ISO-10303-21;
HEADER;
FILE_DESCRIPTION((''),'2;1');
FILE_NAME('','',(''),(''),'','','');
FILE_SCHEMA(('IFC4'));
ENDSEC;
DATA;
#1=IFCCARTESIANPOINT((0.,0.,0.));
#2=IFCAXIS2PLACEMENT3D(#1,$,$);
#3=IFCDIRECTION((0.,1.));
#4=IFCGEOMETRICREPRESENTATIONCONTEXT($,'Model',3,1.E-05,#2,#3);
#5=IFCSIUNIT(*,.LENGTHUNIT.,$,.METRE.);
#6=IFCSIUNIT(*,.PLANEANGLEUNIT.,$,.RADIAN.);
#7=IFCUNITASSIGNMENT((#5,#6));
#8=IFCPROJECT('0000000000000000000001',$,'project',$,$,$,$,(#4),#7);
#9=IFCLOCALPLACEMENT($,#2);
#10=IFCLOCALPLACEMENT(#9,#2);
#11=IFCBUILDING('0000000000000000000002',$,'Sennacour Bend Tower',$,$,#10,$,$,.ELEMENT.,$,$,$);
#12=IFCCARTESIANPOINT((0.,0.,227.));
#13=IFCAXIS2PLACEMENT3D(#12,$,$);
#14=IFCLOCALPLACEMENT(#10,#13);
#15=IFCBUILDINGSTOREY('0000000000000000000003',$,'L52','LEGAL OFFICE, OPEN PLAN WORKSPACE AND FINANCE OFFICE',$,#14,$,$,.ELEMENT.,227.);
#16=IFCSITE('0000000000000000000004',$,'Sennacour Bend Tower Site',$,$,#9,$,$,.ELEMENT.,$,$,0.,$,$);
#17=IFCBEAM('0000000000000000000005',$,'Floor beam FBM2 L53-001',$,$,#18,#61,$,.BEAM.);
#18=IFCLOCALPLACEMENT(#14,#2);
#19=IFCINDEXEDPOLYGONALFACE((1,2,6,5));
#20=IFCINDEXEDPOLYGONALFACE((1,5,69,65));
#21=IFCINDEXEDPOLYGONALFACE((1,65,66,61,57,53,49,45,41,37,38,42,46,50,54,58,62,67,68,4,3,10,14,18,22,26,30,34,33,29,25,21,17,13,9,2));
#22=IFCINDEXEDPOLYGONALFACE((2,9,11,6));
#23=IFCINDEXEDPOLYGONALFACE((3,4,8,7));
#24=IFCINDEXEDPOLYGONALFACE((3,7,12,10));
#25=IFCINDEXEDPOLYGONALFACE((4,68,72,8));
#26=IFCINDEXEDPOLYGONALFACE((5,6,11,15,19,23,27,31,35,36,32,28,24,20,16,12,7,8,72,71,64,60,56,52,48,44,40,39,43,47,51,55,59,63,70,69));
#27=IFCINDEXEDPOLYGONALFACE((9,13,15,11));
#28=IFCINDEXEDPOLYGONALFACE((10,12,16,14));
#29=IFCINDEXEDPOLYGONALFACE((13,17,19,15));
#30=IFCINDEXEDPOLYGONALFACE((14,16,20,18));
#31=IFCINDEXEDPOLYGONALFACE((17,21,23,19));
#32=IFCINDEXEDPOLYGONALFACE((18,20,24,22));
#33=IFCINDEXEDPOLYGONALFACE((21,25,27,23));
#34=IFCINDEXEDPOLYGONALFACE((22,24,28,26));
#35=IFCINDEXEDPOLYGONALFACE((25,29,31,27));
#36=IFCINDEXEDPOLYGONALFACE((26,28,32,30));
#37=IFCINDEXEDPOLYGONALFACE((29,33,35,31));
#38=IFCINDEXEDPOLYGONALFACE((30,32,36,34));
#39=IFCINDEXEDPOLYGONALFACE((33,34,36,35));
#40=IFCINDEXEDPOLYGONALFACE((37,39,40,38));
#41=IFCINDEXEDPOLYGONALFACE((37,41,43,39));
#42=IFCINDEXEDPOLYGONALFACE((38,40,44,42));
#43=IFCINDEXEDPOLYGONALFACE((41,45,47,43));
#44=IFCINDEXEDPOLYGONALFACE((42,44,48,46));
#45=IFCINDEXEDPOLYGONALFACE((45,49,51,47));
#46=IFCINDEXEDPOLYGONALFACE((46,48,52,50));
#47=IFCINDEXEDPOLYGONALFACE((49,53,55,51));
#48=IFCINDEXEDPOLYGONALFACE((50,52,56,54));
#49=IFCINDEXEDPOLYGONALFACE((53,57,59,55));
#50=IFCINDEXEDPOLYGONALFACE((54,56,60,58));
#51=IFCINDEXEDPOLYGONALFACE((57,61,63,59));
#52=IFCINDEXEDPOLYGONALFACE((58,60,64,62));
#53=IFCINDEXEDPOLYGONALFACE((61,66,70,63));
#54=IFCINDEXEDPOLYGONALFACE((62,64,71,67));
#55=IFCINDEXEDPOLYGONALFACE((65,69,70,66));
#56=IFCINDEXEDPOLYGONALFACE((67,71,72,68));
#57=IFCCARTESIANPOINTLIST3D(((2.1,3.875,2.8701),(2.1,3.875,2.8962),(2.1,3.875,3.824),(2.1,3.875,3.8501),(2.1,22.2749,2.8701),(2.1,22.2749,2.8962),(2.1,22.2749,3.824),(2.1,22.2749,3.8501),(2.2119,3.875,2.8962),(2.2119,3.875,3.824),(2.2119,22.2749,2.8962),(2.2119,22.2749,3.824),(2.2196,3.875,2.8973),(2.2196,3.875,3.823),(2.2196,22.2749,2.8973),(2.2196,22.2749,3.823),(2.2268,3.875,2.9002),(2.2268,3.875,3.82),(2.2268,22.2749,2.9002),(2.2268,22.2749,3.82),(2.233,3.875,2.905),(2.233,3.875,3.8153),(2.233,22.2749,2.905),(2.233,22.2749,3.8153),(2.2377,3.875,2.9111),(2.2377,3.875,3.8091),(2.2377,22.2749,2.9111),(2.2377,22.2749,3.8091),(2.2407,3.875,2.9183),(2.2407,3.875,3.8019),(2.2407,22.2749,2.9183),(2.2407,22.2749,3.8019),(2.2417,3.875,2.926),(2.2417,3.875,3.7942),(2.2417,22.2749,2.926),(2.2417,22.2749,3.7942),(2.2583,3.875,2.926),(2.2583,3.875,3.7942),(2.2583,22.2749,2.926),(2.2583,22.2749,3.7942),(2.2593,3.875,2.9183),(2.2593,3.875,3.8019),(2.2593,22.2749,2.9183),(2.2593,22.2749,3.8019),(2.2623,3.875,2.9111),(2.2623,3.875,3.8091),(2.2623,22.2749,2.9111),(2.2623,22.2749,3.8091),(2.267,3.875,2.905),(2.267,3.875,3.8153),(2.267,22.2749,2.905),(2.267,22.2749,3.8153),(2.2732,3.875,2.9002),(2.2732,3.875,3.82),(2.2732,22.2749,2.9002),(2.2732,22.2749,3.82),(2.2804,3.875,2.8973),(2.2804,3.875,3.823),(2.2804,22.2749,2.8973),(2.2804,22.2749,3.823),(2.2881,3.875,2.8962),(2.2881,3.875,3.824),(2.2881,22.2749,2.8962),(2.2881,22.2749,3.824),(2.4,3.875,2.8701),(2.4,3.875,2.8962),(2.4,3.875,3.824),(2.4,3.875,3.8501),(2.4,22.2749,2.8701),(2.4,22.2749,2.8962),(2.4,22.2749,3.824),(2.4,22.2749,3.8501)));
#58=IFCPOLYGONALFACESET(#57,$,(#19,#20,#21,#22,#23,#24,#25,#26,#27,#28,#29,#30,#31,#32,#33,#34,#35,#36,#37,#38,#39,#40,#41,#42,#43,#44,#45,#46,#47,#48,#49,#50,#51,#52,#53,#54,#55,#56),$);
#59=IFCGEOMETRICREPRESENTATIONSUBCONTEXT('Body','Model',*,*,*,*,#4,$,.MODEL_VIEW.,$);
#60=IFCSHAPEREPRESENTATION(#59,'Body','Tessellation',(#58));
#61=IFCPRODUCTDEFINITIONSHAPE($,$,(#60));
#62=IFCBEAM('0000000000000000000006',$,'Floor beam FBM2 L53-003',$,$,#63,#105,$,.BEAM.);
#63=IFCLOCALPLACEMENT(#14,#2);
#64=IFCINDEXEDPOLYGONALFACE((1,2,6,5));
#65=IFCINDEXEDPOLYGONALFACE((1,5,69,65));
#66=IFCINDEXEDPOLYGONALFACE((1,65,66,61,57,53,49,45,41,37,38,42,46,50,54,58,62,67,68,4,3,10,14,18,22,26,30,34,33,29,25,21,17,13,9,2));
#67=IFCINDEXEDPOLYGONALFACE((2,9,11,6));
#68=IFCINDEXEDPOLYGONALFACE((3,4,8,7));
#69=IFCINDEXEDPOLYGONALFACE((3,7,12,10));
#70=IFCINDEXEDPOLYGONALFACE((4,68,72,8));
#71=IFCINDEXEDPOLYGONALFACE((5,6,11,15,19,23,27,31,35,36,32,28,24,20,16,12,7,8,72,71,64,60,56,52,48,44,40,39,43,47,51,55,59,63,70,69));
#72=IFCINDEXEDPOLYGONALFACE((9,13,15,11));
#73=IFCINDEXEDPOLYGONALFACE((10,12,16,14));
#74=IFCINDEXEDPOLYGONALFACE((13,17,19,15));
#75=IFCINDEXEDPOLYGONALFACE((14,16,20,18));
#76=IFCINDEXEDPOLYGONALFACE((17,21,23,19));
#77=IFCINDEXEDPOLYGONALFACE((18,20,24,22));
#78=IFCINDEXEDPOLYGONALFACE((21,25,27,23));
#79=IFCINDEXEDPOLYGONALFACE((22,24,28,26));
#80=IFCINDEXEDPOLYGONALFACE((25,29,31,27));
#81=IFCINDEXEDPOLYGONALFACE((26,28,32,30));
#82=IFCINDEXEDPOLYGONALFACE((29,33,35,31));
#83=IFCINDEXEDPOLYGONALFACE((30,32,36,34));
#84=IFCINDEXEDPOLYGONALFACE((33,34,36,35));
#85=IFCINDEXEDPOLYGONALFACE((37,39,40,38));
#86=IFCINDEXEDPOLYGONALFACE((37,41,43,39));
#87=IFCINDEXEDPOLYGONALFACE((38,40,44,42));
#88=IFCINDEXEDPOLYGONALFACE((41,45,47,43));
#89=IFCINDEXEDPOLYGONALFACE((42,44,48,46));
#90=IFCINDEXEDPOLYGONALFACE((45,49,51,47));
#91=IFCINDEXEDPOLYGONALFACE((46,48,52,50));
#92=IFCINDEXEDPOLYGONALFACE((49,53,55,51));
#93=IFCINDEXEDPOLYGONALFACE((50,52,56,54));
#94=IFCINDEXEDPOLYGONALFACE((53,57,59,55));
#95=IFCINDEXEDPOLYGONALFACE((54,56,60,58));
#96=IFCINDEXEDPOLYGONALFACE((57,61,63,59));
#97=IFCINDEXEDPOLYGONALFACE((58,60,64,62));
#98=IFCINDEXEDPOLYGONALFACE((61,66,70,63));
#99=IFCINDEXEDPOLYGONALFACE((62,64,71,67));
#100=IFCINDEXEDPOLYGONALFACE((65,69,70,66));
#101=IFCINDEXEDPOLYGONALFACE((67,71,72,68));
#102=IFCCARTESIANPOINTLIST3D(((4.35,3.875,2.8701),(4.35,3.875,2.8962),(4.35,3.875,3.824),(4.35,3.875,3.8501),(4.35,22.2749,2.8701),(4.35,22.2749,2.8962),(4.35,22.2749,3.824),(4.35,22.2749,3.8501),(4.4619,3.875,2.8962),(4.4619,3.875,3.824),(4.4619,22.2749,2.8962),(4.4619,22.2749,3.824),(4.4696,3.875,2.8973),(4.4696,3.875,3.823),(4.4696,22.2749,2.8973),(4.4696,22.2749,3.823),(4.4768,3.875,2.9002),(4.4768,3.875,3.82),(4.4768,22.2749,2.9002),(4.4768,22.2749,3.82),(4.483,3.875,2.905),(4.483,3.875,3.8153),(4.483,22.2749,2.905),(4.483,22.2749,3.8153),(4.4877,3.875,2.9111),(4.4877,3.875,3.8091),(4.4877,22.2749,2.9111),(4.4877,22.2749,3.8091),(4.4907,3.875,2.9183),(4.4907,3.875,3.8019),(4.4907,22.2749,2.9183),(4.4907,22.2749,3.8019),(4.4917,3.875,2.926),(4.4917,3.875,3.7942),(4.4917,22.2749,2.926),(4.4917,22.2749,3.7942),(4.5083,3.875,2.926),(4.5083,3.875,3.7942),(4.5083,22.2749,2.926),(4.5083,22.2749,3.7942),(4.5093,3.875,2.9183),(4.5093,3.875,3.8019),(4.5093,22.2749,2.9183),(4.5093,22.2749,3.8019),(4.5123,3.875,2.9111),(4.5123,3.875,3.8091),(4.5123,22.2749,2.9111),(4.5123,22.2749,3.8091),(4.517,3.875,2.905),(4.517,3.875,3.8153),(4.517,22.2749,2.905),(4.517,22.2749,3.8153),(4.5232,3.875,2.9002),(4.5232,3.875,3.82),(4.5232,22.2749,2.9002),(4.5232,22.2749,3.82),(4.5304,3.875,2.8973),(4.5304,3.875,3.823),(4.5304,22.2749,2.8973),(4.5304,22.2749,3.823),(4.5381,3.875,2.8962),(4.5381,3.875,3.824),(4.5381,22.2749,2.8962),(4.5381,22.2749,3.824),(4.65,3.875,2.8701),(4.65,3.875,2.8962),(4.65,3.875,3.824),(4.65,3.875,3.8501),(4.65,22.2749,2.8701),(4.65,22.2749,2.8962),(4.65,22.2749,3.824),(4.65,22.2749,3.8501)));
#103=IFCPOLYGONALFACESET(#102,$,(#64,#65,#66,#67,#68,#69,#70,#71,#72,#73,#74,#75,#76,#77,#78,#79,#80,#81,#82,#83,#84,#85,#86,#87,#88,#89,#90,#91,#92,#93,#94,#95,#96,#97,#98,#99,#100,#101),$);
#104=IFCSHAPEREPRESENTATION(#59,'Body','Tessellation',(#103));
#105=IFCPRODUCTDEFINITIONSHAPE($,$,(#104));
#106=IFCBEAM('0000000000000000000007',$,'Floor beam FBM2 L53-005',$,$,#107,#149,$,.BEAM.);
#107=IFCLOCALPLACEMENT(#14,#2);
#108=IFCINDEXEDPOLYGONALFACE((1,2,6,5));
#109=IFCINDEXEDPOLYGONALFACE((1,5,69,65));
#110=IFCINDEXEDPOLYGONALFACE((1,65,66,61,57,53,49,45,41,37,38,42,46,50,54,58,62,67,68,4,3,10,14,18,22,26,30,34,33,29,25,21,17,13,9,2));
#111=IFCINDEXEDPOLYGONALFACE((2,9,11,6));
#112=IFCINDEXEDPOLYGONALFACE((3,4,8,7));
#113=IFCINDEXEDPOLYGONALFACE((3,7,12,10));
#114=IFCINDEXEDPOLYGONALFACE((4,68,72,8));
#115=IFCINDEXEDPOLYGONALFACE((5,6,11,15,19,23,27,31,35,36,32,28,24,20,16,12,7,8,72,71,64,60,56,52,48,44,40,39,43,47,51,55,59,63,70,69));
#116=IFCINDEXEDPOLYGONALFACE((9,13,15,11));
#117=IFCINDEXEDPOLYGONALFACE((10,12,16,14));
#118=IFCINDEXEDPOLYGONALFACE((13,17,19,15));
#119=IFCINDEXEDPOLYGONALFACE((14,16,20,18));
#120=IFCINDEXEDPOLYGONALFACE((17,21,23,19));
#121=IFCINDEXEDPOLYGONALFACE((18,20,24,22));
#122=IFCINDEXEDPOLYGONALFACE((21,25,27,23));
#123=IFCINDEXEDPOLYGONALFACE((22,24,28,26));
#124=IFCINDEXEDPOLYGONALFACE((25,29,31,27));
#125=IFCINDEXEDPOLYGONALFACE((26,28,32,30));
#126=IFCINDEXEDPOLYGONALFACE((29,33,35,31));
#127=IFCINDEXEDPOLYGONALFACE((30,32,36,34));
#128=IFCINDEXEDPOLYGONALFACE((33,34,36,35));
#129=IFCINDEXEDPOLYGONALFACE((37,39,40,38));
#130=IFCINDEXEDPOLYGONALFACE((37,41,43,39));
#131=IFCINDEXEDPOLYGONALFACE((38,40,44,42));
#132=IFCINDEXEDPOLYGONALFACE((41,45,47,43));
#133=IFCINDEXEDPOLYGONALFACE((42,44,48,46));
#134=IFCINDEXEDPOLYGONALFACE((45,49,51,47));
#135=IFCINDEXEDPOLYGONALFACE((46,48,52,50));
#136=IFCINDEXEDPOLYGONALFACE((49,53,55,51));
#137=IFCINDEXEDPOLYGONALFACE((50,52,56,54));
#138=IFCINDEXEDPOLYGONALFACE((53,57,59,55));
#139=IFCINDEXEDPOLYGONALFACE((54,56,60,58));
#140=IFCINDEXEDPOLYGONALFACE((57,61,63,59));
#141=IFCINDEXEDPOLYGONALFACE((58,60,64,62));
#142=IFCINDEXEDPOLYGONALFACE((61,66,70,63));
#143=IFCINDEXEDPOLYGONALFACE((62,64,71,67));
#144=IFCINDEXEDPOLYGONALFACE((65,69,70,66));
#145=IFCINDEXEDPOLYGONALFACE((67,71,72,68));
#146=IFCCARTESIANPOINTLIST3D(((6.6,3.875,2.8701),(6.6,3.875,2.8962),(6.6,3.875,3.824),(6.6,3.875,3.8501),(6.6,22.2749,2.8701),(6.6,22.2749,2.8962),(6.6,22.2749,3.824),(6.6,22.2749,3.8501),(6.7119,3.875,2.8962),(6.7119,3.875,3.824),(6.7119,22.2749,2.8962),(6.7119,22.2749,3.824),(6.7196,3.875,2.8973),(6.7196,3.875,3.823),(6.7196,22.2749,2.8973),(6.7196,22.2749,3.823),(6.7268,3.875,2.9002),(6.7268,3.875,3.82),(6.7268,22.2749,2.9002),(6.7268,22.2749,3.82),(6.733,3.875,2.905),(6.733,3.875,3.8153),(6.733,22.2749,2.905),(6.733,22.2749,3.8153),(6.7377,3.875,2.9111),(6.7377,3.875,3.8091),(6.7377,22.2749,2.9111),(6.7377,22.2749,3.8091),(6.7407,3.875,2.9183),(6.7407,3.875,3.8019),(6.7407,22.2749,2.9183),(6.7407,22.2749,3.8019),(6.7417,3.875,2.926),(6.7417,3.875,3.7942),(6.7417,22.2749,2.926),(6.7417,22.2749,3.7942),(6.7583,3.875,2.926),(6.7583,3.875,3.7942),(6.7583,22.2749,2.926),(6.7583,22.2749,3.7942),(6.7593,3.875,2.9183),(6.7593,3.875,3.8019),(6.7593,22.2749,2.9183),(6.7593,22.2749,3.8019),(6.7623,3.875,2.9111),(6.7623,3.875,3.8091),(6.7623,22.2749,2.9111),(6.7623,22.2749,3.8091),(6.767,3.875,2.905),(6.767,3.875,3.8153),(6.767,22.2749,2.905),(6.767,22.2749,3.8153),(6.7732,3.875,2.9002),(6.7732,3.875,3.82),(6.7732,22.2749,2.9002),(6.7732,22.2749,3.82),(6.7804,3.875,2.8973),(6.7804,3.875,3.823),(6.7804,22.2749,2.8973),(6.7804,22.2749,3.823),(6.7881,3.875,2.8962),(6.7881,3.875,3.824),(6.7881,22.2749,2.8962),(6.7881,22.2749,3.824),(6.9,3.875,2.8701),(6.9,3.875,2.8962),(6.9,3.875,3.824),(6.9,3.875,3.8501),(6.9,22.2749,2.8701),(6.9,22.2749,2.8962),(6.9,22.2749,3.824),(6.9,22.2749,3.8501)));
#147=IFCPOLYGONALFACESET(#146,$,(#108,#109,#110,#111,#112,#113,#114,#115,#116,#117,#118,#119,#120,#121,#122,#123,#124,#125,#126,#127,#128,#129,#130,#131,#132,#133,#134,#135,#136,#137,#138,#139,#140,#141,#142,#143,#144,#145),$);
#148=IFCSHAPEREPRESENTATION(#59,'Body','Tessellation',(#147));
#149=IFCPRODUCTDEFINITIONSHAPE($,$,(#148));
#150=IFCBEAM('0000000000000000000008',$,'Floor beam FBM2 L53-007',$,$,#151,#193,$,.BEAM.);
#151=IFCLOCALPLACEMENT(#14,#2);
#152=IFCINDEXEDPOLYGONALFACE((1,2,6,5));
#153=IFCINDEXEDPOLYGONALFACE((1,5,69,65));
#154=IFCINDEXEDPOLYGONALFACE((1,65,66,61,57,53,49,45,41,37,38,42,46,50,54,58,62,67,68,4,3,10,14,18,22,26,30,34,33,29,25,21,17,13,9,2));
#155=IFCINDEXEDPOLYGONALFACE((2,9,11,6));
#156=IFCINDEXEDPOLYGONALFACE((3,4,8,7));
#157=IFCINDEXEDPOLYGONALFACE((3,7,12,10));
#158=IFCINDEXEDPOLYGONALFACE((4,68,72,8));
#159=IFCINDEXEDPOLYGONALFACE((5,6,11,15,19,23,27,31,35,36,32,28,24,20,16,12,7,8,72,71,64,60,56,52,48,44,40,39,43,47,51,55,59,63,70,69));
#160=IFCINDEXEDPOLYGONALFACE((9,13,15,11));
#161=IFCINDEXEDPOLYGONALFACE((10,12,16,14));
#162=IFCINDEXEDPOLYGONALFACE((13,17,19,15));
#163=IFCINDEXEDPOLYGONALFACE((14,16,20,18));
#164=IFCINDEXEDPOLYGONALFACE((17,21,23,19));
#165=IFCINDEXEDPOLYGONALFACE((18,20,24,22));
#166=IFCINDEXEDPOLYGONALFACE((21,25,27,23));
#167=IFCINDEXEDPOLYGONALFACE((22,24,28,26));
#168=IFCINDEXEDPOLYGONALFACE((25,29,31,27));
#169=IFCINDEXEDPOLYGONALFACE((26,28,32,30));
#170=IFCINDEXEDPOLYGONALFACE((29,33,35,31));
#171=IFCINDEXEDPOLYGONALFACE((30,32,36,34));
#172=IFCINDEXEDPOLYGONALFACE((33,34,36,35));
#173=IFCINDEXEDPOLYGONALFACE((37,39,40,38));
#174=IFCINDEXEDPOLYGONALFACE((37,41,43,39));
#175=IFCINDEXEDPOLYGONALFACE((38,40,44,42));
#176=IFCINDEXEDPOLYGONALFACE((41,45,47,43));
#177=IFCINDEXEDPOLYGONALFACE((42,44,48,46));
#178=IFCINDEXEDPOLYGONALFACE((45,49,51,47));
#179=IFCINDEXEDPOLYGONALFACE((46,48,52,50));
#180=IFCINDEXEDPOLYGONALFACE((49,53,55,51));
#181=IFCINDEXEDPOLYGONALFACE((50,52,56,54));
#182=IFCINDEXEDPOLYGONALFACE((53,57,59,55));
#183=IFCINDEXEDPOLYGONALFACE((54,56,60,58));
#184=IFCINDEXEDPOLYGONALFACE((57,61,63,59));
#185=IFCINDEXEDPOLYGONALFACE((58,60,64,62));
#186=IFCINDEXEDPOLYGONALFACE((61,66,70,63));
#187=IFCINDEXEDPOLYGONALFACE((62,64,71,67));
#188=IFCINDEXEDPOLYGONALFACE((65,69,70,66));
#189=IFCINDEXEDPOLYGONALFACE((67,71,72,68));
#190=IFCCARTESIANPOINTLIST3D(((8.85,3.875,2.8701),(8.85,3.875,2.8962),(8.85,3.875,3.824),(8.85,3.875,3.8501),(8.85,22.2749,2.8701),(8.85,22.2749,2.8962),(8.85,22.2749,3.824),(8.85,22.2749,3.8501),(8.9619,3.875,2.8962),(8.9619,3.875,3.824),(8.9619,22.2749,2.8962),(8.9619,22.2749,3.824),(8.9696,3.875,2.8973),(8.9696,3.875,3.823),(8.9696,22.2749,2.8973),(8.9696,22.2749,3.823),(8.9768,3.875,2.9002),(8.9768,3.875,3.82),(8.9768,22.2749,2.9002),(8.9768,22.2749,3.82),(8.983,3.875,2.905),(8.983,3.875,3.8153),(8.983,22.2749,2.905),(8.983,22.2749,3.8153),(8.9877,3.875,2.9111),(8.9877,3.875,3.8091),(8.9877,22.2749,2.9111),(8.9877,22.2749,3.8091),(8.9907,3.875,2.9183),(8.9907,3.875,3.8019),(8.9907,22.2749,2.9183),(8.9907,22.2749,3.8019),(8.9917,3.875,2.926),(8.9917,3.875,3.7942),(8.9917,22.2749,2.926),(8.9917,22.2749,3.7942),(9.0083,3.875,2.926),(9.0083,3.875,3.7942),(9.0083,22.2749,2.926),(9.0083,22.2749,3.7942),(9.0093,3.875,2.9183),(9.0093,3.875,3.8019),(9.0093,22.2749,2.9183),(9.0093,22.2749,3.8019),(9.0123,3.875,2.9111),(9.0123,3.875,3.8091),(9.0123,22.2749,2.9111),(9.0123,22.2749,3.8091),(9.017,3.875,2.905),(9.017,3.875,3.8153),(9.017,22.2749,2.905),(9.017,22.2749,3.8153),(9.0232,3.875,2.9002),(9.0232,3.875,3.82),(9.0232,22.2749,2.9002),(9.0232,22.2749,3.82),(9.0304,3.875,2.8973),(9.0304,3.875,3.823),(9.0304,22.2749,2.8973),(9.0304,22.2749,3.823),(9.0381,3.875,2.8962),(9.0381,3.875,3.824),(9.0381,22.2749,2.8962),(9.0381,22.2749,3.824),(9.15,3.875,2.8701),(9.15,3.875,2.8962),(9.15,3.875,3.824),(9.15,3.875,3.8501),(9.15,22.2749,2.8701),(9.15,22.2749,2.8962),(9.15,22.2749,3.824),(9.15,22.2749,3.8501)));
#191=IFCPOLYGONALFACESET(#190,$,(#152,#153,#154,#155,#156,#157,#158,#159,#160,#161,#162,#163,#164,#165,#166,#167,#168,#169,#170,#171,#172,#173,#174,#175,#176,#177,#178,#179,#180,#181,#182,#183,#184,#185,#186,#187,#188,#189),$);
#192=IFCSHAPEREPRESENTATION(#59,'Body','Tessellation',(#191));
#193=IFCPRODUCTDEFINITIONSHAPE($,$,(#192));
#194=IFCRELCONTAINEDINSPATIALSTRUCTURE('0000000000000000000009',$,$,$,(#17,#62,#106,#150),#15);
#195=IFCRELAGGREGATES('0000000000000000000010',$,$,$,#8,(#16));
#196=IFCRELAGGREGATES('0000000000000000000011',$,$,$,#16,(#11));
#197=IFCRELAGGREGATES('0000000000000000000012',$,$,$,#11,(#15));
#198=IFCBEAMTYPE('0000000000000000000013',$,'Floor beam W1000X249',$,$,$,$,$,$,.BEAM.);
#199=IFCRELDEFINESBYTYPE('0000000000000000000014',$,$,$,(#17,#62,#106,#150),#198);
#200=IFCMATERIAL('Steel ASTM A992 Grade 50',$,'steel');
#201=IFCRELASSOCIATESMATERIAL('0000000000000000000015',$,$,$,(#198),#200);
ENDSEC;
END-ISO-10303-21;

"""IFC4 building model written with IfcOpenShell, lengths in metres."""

from ifc_helpers import new_model, si_unit, direction, frame, origin, origin_2d, place, context, subcontext, project, spatial, i_section, extrude, material, material_profile, profile_set, type_object, element, save


model = new_model("IFC4")

# Units and contexts
model_context = context("Model", 3, precision=1e-05, world=origin(), true_north=direction((0.0, 1.0)))
body_context = subcontext(model_context, "Body", "Model", "MODEL_VIEW")
ifc_project = project(units=[si_unit("LENGTHUNIT", "METRE"), si_unit("PLANEANGLEUNIT", "RADIAN")], contexts=[model_context])

# Site, building, storey
site_placement = place(None, origin())
site = spatial("IfcSite", under=ifc_project, at=site_placement, Name="Sennacour Bend Tower Site", CompositionType="ELEMENT", RefElevation=0.0)
building_placement = place(site_placement, origin())
building = spatial("IfcBuilding", under=site, at=building_placement, Name="Sennacour Bend Tower", CompositionType="ELEMENT")
storey_placement = place(building_placement, frame((0.0, 0.0, 227.0)))
storey = spatial("IfcBuildingStorey", under=building, at=storey_placement, Name="L52", Description="LEGAL OFFICE, OPEN PLAN WORKSPACE AND FINANCE OFFICE", CompositionType="ELEMENT", Elevation=227.0)

# Beams
ifc_material_1 = material(Name="Steel ASTM A992 Grade 50", Category="steel")
ifc_material_profile = material_profile(ifc_material_1, i_section(OverallWidth=0.3, OverallDepth=0.98, WebThickness=0.0166, FlangeThickness=0.0261, FilletRadius=0.0298, at=origin_2d()), Name="Steel ASTM A992 Grade 50", Category="steel")
ifc_profile_set = profile_set([ifc_material_profile], Name="Steel ASTM A992 Grade 50")
beam_type = type_object("IfcBeamType", Name="Floor beam W1000X249", PredefinedType="BEAM", material=ifc_profile_set)
for number, where, z_axis, x_axis, name in (
    (1, (2.25, 3.875, 3.3601), (0.0, 1.0, 0.0), (-1.0, 0.0, 0.0), "Floor beam FBM2 L53-001"),
    (2, (4.5, 3.875, 3.3601), (0.0, 1.0, 0.0), (-1.0, 0.0, 0.0), "Floor beam FBM2 L53-003"),
    (3, (6.75, 3.875, 3.3601), (0.0, 1.0, 0.0), (-1.0, 0.0, 0.0), "Floor beam FBM2 L53-005"),
    (4, (9.0, 3.875, 3.3601), (0.0, 1.0, 0.0), (-1.0, 0.0, 0.0), "Floor beam FBM2 L53-007"),
):
    element("IfcBeam", number, at=place(storey_placement, frame(where, z_axis=z_axis, x_axis=x_axis)), inside=storey, type_object=beam_type, Name=name, PredefinedType="BEAM", context=body_context, shape_type="SweptSolid", body=[
        extrude(i_section(OverallWidth=0.3, OverallDepth=0.98, WebThickness=0.0166, FlangeThickness=0.0261, FilletRadius=0.0298, at=origin_2d()), origin(), (0.0, 0.0, 1.0), 18.3999),
    ])

save(model, "model.ifc")
